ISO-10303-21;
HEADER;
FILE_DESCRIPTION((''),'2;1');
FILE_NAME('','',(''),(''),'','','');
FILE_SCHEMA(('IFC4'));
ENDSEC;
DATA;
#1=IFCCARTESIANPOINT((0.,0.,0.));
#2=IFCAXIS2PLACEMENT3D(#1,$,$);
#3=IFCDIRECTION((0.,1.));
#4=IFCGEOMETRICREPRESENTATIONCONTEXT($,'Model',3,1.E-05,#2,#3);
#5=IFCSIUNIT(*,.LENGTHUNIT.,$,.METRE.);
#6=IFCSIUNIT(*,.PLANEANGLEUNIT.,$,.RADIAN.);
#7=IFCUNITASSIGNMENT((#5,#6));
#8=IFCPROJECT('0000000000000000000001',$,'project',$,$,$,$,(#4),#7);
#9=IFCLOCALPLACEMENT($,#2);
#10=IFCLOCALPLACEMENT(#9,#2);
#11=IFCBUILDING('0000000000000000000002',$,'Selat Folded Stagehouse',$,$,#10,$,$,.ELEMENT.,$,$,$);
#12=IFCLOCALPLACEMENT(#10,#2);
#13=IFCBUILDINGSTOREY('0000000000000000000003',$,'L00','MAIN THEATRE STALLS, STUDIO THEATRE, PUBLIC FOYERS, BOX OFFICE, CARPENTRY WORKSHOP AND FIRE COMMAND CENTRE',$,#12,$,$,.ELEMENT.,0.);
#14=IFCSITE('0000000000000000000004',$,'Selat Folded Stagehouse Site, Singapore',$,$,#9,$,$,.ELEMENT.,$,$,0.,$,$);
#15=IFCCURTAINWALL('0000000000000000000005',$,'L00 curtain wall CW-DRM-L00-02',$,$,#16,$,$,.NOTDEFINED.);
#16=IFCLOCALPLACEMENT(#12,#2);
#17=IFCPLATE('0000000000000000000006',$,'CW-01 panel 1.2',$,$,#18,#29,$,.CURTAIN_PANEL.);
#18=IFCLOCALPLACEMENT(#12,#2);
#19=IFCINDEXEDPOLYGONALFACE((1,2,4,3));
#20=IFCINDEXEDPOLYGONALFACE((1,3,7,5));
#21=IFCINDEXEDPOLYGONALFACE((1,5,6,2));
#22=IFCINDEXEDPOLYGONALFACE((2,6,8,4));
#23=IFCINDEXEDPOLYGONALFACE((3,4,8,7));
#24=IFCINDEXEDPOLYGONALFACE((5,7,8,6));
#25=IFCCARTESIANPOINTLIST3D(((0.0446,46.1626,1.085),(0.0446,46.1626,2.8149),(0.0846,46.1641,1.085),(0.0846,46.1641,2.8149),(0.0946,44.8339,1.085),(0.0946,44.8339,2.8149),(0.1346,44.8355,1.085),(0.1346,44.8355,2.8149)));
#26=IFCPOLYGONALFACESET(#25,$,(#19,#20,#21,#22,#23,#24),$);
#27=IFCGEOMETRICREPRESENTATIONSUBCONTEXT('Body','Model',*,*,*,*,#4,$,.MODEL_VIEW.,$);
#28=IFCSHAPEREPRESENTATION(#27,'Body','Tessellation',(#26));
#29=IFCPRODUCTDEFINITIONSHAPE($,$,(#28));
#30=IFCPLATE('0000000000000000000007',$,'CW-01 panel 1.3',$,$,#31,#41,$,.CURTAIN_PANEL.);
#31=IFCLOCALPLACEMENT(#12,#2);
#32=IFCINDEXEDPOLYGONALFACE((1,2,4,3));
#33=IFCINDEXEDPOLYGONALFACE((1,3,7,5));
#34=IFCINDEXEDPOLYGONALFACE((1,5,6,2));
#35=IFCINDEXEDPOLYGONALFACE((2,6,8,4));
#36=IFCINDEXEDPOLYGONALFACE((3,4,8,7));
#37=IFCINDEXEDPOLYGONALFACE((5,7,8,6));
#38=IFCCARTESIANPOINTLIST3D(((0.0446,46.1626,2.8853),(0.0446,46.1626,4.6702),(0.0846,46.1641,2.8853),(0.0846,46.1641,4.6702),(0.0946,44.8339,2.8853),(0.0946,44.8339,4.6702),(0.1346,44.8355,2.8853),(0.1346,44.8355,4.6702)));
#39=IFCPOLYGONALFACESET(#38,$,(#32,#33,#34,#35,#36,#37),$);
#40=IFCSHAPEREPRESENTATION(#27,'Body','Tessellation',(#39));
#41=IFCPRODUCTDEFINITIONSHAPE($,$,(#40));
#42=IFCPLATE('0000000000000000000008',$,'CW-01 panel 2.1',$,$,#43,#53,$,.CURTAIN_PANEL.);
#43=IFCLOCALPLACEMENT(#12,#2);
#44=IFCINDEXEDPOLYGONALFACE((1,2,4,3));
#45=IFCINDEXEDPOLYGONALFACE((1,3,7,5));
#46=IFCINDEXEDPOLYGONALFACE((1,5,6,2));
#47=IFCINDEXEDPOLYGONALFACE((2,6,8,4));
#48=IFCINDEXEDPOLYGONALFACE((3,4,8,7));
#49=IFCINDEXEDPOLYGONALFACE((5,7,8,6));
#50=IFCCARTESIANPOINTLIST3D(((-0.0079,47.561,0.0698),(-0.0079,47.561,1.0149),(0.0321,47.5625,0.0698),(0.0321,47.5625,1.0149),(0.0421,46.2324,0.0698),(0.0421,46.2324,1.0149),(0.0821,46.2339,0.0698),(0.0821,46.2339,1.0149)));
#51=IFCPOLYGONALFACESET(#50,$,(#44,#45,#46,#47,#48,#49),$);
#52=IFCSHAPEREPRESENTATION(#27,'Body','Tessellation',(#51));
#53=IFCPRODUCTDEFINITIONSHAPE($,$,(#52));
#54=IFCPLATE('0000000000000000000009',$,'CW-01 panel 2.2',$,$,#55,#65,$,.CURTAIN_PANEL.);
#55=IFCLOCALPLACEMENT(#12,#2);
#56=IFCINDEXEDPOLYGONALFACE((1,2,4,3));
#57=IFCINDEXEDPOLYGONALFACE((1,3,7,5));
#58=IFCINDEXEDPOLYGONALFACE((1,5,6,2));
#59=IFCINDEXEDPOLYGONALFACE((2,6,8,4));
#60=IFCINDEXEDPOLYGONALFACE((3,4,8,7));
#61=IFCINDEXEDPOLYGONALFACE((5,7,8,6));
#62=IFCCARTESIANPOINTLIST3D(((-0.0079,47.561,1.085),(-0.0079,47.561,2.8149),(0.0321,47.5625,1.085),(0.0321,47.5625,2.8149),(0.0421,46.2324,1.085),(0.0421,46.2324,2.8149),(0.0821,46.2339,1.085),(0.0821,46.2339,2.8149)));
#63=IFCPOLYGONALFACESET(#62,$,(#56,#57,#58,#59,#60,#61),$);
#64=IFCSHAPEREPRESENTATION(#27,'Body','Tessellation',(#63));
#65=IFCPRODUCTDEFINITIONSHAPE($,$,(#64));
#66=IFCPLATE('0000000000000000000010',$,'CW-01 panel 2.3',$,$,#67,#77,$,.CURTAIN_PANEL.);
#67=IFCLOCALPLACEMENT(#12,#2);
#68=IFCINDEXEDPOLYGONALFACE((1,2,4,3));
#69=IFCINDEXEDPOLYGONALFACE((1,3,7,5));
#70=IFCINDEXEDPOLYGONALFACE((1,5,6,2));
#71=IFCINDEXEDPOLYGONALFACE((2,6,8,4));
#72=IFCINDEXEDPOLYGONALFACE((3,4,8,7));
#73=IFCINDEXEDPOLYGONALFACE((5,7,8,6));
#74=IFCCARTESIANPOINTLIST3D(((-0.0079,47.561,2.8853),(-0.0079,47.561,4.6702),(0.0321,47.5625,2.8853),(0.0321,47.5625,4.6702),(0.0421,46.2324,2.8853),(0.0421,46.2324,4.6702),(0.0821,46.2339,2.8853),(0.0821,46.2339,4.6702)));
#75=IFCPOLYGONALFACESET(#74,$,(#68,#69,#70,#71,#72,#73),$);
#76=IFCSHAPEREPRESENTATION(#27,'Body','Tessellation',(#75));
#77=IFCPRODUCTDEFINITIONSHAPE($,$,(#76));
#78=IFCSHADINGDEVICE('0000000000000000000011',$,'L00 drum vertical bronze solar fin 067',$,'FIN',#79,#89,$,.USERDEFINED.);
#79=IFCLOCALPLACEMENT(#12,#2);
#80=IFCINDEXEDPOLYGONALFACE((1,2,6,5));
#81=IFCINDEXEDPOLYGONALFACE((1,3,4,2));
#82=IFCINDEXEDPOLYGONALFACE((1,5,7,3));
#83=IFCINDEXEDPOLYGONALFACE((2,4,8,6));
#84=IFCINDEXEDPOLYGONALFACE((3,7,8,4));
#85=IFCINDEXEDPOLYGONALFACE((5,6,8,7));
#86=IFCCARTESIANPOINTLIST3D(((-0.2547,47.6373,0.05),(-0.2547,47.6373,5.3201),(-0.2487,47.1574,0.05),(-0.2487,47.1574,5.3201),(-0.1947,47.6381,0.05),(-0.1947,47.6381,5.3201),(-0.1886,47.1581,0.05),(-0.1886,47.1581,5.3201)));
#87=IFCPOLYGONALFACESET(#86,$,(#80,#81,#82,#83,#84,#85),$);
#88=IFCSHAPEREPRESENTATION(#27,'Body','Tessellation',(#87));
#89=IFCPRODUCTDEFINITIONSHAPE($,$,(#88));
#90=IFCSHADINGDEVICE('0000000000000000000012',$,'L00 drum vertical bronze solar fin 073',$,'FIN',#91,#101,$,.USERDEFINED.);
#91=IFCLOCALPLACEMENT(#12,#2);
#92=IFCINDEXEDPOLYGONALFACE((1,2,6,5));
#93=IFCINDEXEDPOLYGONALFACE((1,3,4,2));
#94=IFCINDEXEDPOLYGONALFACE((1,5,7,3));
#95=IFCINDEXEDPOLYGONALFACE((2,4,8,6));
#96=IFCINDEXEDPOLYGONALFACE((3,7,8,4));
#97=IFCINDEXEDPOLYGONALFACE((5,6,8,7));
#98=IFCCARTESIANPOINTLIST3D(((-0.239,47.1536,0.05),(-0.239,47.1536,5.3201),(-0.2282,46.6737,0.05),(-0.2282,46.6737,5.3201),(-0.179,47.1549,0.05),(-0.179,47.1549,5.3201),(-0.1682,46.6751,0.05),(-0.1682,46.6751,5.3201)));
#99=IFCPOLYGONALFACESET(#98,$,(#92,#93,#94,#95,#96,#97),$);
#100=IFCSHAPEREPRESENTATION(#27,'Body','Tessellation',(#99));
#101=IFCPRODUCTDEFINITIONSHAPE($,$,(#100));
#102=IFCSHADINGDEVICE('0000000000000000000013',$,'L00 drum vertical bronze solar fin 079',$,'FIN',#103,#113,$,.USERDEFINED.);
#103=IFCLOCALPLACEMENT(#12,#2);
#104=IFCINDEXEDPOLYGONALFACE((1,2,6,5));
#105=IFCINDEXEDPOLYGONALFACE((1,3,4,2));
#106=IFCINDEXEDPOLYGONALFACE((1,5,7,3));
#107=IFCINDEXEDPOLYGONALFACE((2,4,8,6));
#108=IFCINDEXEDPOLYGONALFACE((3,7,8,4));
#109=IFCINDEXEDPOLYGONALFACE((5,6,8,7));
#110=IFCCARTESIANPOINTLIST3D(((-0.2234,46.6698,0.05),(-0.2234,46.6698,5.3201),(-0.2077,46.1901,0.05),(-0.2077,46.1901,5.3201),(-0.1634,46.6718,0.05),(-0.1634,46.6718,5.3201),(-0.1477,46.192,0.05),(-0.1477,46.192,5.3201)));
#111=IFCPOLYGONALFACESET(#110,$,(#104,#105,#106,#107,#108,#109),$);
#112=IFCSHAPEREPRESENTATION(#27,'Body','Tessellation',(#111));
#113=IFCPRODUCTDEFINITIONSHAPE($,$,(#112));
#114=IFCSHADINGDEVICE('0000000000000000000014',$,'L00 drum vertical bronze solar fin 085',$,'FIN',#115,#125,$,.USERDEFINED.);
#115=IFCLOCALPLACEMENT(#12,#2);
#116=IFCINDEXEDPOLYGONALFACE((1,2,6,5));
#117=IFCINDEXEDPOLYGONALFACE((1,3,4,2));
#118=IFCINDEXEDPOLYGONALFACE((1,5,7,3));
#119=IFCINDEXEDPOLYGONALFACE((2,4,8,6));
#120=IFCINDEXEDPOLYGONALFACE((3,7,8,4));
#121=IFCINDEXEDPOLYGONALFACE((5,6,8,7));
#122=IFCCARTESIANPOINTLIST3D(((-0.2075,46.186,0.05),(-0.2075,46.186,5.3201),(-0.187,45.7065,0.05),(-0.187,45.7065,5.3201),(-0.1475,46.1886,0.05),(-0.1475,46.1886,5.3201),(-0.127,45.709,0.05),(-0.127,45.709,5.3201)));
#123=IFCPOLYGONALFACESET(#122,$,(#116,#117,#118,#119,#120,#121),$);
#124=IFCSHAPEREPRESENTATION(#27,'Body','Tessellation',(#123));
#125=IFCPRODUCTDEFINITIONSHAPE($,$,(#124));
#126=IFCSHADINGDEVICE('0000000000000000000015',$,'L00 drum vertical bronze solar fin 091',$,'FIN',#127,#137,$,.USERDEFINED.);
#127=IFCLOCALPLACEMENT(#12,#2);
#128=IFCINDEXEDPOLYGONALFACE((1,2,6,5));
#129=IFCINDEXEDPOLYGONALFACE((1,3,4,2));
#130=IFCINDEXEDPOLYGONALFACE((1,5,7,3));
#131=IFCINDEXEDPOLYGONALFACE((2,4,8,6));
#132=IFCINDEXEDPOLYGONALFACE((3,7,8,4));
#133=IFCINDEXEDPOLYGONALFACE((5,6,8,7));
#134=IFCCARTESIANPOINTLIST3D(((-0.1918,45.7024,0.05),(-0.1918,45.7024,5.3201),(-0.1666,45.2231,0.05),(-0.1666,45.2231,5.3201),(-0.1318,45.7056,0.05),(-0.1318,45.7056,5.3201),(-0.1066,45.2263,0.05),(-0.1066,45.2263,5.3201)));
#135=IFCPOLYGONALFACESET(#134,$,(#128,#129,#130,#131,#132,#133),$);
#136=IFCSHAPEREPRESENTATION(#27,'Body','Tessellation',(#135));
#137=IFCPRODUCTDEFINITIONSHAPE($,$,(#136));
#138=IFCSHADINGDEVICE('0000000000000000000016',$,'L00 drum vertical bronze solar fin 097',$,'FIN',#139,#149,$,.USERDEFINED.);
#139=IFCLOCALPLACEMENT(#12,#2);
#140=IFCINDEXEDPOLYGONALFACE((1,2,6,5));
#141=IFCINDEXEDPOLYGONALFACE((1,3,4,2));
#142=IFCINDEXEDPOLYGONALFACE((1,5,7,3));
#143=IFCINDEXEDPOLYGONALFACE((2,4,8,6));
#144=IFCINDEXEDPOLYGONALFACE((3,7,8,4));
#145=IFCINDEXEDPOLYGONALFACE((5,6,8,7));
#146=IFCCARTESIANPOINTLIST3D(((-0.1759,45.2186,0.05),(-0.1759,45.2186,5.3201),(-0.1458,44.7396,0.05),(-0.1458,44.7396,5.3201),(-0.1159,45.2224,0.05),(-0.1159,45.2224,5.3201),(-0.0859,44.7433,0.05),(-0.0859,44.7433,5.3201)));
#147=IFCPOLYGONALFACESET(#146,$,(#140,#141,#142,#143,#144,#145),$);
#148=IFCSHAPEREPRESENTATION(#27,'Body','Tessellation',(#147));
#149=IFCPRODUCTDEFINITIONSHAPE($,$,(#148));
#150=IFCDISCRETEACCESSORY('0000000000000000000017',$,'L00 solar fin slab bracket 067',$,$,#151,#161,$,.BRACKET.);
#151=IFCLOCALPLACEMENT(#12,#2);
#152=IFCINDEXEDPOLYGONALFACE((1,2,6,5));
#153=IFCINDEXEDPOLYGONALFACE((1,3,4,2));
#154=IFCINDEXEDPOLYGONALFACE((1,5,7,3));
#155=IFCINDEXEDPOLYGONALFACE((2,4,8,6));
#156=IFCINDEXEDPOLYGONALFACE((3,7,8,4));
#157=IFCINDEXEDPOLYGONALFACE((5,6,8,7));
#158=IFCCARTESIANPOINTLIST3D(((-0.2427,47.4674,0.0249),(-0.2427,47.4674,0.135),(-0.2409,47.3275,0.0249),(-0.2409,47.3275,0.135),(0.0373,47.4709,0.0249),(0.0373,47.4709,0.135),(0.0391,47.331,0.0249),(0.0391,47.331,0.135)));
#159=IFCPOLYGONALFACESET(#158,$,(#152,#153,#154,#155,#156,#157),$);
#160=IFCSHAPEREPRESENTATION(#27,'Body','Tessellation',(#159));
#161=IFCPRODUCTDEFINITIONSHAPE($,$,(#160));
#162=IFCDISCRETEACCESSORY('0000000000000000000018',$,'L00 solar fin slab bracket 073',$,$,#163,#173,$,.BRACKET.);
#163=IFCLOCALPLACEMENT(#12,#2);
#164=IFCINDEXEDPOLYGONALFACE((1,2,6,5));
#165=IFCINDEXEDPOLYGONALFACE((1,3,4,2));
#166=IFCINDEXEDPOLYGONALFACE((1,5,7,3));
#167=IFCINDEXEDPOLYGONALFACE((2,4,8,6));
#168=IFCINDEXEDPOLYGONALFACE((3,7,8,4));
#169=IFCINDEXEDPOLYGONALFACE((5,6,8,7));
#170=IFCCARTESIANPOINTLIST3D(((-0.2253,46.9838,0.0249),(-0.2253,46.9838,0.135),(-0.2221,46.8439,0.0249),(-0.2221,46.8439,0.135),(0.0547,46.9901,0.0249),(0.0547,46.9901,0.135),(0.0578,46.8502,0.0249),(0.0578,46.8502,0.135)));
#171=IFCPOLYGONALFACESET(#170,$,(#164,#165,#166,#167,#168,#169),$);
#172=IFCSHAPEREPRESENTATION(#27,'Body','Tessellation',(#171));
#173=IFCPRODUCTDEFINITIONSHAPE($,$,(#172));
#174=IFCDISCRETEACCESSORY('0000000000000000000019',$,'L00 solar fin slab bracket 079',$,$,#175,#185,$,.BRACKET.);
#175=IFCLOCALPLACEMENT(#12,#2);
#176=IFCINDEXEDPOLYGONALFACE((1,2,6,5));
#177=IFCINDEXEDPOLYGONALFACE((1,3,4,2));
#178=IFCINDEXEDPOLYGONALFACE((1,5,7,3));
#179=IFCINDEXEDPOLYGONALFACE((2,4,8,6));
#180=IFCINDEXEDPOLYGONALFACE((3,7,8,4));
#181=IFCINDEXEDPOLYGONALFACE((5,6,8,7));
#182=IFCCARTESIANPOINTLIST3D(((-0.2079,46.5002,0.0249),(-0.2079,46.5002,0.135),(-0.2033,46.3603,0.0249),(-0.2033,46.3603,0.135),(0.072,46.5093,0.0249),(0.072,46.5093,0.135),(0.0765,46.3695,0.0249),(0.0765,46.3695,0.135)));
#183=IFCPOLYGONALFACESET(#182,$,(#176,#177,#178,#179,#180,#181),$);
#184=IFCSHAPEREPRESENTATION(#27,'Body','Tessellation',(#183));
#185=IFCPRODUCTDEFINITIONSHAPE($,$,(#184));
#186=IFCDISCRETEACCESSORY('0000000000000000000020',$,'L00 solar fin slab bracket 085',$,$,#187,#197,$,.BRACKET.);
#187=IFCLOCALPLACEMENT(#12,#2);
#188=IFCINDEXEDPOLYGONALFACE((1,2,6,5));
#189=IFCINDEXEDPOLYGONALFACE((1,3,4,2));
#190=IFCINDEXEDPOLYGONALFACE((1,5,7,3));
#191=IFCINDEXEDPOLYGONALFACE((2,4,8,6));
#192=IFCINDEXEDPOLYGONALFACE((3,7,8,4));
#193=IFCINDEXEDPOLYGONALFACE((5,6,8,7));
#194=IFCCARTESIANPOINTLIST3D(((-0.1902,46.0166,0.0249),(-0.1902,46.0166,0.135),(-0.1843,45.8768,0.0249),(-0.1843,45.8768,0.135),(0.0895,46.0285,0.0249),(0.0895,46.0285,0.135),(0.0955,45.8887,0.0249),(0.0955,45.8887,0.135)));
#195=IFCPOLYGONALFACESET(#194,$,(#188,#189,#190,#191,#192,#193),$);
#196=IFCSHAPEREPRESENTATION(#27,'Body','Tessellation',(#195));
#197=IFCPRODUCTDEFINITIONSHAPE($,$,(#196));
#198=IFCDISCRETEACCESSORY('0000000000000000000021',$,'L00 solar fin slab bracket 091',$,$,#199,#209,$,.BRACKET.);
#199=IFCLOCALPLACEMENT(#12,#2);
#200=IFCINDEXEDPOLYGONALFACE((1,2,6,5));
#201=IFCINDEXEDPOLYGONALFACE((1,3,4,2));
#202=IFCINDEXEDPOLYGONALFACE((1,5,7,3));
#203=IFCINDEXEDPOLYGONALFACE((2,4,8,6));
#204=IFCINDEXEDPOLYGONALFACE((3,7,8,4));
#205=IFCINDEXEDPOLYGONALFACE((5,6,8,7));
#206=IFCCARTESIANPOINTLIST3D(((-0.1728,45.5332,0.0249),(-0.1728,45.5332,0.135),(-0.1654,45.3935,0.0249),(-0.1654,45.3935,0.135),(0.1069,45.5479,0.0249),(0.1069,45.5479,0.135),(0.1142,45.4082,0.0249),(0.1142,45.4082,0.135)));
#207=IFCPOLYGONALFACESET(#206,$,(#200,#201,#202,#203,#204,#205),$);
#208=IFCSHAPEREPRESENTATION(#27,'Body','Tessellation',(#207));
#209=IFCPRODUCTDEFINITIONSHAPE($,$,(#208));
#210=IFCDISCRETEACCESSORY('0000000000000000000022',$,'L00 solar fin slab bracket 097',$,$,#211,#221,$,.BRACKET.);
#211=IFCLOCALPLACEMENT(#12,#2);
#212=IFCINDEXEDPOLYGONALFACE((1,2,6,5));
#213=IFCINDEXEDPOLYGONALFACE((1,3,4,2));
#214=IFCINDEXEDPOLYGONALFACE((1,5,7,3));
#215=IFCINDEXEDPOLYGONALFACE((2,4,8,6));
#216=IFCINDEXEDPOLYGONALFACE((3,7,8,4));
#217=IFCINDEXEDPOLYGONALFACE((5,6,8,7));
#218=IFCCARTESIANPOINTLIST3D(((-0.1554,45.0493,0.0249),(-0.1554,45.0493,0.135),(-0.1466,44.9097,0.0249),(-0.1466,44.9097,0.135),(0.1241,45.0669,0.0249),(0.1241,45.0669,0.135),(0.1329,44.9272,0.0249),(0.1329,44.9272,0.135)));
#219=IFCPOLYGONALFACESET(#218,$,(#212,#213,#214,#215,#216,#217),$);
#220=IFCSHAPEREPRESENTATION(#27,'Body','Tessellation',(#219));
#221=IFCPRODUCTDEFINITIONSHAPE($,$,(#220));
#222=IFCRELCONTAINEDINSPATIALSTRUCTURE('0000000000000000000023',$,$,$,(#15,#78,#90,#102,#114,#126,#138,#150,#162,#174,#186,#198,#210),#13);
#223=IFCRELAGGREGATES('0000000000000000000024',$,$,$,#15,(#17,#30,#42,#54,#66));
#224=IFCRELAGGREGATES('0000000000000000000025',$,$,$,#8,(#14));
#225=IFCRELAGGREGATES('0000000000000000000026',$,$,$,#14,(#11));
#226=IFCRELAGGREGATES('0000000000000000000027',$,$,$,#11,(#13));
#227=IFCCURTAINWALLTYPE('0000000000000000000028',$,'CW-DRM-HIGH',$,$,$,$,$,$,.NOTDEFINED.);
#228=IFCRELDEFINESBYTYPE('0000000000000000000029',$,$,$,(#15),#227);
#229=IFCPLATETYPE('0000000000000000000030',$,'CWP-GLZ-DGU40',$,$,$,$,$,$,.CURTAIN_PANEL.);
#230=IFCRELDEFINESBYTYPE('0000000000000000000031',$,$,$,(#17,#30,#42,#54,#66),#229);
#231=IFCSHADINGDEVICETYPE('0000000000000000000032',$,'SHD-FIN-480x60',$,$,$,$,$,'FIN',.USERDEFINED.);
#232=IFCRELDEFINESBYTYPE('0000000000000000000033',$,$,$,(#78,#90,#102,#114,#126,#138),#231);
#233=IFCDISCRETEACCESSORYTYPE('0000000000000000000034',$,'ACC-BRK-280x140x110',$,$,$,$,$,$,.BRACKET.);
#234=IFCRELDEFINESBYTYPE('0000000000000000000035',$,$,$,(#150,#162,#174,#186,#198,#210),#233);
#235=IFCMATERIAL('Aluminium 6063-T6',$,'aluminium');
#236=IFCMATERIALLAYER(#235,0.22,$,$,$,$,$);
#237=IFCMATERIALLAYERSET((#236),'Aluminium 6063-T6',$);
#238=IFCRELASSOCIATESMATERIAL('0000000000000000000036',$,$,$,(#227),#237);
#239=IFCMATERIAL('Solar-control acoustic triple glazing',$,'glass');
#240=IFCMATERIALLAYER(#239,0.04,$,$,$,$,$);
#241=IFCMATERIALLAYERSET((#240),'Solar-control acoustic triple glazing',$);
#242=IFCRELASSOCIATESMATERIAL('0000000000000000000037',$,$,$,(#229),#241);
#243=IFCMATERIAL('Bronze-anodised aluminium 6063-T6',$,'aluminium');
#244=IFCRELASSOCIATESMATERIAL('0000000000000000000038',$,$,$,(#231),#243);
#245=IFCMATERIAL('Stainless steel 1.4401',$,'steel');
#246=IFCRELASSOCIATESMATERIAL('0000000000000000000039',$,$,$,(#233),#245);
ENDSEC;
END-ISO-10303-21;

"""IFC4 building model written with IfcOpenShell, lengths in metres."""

from ifc_helpers import new_model, si_unit, direction, frame, origin, origin_2d, place, context, subcontext, project, spatial, rectangle, extrude, material, layer, layer_set, material_profile, profile_set, type_object, element, aggregate, save


model = new_model("IFC4")

# Units and contexts
model_context = context("Model", 3, precision=1e-05, world=origin(), true_north=direction((0.0, 1.0)))
body_context = subcontext(model_context, "Body", "Model", "MODEL_VIEW")
ifc_project = project(units=[si_unit("LENGTHUNIT", "METRE"), si_unit("PLANEANGLEUNIT", "RADIAN")], contexts=[model_context])

# Site, building, storey
site_placement = place(None, origin())
site = spatial("IfcSite", under=ifc_project, at=site_placement, Name="Selat Folded Stagehouse Site, Singapore", CompositionType="ELEMENT", RefElevation=0.0)
building_placement = place(site_placement, origin())
building = spatial("IfcBuilding", under=site, at=building_placement, Name="Selat Folded Stagehouse", CompositionType="ELEMENT")
storey_placement = place(building_placement, origin())
storey = spatial("IfcBuildingStorey", under=building, at=storey_placement, Name="L00", Description="MAIN THEATRE STALLS, STUDIO THEATRE, PUBLIC FOYERS, BOX OFFICE, CARPENTRY WORKSHOP AND FIRE COMMAND CENTRE", CompositionType="ELEMENT", Elevation=0.0)

# Curtain wall, plates
ifc_material_1 = material(Name="Aluminium 6063-T6", Category="aluminium")
ifc_layer_1 = layer(ifc_material_1, 0.22)
ifc_layer_set_1 = layer_set([ifc_layer_1], Name="Aluminium 6063-T6")
curtain_wall_type = type_object("IfcCurtainWallType", Name="CW-DRM-HIGH", PredefinedType="NOTDEFINED", material=ifc_layer_set_1)
curtain_wall_placement = place(storey_placement, origin())
curtain_wall = element("IfcCurtainWall", 1, at=curtain_wall_placement, inside=storey, type_object=curtain_wall_type, Name="L00 curtain wall CW-DRM-L00-02", PredefinedType="NOTDEFINED")
ifc_material_2 = material(Name="Solar-control acoustic triple glazing", Category="glass")
ifc_layer_2 = layer(ifc_material_2, 0.04)
ifc_layer_set_2 = layer_set([ifc_layer_2], Name="Solar-control acoustic triple glazing")
plate_type = type_object("IfcPlateType", Name="CWP-GLZ-DGU40", PredefinedType="CURTAIN_PANEL", material=ifc_layer_set_2)
plate_1_placement = place(storey_placement, frame((0.0896, 45.499, 1.085), z_axis=(0.0, 0.0, 1.0), x_axis=(-0.037574, 0.999294, 0.0)))
plate_1 = element("IfcPlate", 2, at=plate_1_placement, type_object=plate_type, Name="CW-01 panel 1.2", PredefinedType="CURTAIN_PANEL", context=body_context, shape_type="SweptSolid", body=[
    extrude(rectangle(XDim=1.3296, YDim=0.04, at=origin_2d()), origin(), (0.0, 0.0, 1.0), 1.73),
])
plate_2_placement = place(storey_placement, frame((0.0896, 45.499, 2.8853), z_axis=(0.0, 0.0, 1.0), x_axis=(-0.037574, 0.999294, 0.0)))
plate_2 = element("IfcPlate", 3, at=plate_2_placement, type_object=plate_type, Name="CW-01 panel 1.3", PredefinedType="CURTAIN_PANEL", context=body_context, shape_type="SweptSolid", body=[
    extrude(rectangle(XDim=1.3296, YDim=0.04, at=origin_2d()), origin(), (0.0, 0.0, 1.0), 1.7849),
])
plate_3_placement = place(storey_placement, frame((0.0371, 46.8975, 0.0698), z_axis=(0.0, 0.0, 1.0), x_axis=(-0.037574, 0.999294, 0.0)))
plate_3 = element("IfcPlate", 4, at=plate_3_placement, type_object=plate_type, Name="CW-01 panel 2.1", PredefinedType="CURTAIN_PANEL", context=body_context, shape_type="SweptSolid", body=[
    extrude(rectangle(XDim=1.3296, YDim=0.04, at=origin_2d()), origin(), (0.0, 0.0, 1.0), 0.9451),
])
plate_4_placement = place(storey_placement, frame((0.0371, 46.8975, 1.085), z_axis=(0.0, 0.0, 1.0), x_axis=(-0.037574, 0.999294, 0.0)))
plate_4 = element("IfcPlate", 5, at=plate_4_placement, type_object=plate_type, Name="CW-01 panel 2.2", PredefinedType="CURTAIN_PANEL", context=body_context, shape_type="SweptSolid", body=[
    extrude(rectangle(XDim=1.3296, YDim=0.04, at=origin_2d()), origin(), (0.0, 0.0, 1.0), 1.73),
])
plate_5_placement = place(storey_placement, frame((0.0371, 46.8975, 2.8853), z_axis=(0.0, 0.0, 1.0), x_axis=(-0.037574, 0.999294, 0.0)))
plate_5 = element("IfcPlate", 6, at=plate_5_placement, type_object=plate_type, Name="CW-01 panel 2.3", PredefinedType="CURTAIN_PANEL", context=body_context, shape_type="SweptSolid", body=[
    extrude(rectangle(XDim=1.3296, YDim=0.04, at=origin_2d()), origin(), (0.0, 0.0, 1.0), 1.7849),
])
aggregate(curtain_wall, [plate_1, plate_2, plate_3, plate_4, plate_5])

# Shading devices
ifc_material_3 = material(Name="Bronze-anodised aluminium 6063-T6", Category="aluminium")
ifc_material_profile_1 = material_profile(ifc_material_3, rectangle(XDim=0.0601, YDim=0.48, at=origin_2d()), Name="SOLAR-FIN 480x60")
ifc_profile_set_1 = profile_set([ifc_material_profile_1], Name="Bronze-anodised aluminium 6063-T6")
shading_device_type = type_object("IfcShadingDeviceType", Name="SHD-FIN-480x60", ElementType="FIN", PredefinedType="USERDEFINED", material=ifc_profile_set_1)
for number, where, z_axis, x_axis, name in (
    (7, (-0.2217, 47.3977, 0.05), (0.0, 0.0, 1.0), (-0.999921, -0.012566, 0.0), "L00 drum vertical bronze solar fin 067"),
    (8, (-0.2036, 46.9143, 0.05), (0.0, 0.0, 1.0), (-0.999747, -0.022513, 0.0), "L00 drum vertical bronze solar fin 073"),
    (9, (-0.1855, 46.4309, 0.05), (0.0, 0.0, 1.0), (-0.999467, -0.032632, 0.0), "L00 drum vertical bronze solar fin 079"),
    (10, (-0.1672, 45.9475, 0.05), (0.0, 0.0, 1.0), (-0.999093, -0.042573, 0.0), "L00 drum vertical bronze solar fin 085"),
    (11, (-0.1492, 45.4644, 0.05), (0.0, 0.0, 1.0), (-0.99862, -0.05251, 0.0), "L00 drum vertical bronze solar fin 091"),
    (12, (-0.1309, 44.981, 0.05), (0.0, 0.0, 1.0), (-0.998038, -0.062616, 0.0), "L00 drum vertical bronze solar fin 097"),
):
    element("IfcShadingDevice", number, at=place(storey_placement, frame(where, z_axis=z_axis, x_axis=x_axis)), inside=storey, type_object=shading_device_type, Name=name, ObjectType="FIN", PredefinedType="USERDEFINED", context=body_context, shape_type="SweptSolid", body=[
        extrude(rectangle(XDim=0.0601, YDim=0.48, at=origin_2d()), origin(), (0.0, 0.0, 1.0), 5.27),
    ])

# Discrete accessories
ifc_material_4 = material(Name="Stainless steel 1.4401", Category="steel")
discrete_accessory_type = type_object("IfcDiscreteAccessoryType", Name="ACC-BRK-280x140x110", PredefinedType="BRACKET", material=ifc_material_4)
for number, where, z_axis, x_axis, name in (
    (13, (-0.1018, 47.3992, 0.0249), (0.0, 0.0, 1.0), (-0.999921, -0.012566, 0.0), "L00 solar fin slab bracket 067"),
    (14, (-0.0837, 46.917, 0.0249), (0.0, 0.0, 1.0), (-0.999747, -0.022513, 0.0), "L00 solar fin slab bracket 073"),
    (15, (-0.0657, 46.4348, 0.0249), (0.0, 0.0, 1.0), (-0.999467, -0.032632, 0.0), "L00 solar fin slab bracket 079"),
    (16, (-0.0474, 45.9526, 0.0249), (0.0, 0.0, 1.0), (-0.999093, -0.042573, 0.0), "L00 solar fin slab bracket 085"),
    (17, (-0.0293, 45.4707, 0.0249), (0.0, 0.0, 1.0), (-0.99862, -0.05251, 0.0), "L00 solar fin slab bracket 091"),
    (18, (-0.0112, 44.9883, 0.0249), (0.0, 0.0, 1.0), (-0.998038, -0.062616, 0.0), "L00 solar fin slab bracket 097"),
):
    element("IfcDiscreteAccessory", number, at=place(storey_placement, frame(where, z_axis=z_axis, x_axis=x_axis)), inside=storey, type_object=discrete_accessory_type, Name=name, PredefinedType="BRACKET", context=body_context, shape_type="SweptSolid", body=[
        extrude(rectangle(XDim=0.28, YDim=0.1399, at=origin_2d()), origin(), (0.0, 0.0, 1.0), 0.1101),
    ])

save(model, "model.ifc")
